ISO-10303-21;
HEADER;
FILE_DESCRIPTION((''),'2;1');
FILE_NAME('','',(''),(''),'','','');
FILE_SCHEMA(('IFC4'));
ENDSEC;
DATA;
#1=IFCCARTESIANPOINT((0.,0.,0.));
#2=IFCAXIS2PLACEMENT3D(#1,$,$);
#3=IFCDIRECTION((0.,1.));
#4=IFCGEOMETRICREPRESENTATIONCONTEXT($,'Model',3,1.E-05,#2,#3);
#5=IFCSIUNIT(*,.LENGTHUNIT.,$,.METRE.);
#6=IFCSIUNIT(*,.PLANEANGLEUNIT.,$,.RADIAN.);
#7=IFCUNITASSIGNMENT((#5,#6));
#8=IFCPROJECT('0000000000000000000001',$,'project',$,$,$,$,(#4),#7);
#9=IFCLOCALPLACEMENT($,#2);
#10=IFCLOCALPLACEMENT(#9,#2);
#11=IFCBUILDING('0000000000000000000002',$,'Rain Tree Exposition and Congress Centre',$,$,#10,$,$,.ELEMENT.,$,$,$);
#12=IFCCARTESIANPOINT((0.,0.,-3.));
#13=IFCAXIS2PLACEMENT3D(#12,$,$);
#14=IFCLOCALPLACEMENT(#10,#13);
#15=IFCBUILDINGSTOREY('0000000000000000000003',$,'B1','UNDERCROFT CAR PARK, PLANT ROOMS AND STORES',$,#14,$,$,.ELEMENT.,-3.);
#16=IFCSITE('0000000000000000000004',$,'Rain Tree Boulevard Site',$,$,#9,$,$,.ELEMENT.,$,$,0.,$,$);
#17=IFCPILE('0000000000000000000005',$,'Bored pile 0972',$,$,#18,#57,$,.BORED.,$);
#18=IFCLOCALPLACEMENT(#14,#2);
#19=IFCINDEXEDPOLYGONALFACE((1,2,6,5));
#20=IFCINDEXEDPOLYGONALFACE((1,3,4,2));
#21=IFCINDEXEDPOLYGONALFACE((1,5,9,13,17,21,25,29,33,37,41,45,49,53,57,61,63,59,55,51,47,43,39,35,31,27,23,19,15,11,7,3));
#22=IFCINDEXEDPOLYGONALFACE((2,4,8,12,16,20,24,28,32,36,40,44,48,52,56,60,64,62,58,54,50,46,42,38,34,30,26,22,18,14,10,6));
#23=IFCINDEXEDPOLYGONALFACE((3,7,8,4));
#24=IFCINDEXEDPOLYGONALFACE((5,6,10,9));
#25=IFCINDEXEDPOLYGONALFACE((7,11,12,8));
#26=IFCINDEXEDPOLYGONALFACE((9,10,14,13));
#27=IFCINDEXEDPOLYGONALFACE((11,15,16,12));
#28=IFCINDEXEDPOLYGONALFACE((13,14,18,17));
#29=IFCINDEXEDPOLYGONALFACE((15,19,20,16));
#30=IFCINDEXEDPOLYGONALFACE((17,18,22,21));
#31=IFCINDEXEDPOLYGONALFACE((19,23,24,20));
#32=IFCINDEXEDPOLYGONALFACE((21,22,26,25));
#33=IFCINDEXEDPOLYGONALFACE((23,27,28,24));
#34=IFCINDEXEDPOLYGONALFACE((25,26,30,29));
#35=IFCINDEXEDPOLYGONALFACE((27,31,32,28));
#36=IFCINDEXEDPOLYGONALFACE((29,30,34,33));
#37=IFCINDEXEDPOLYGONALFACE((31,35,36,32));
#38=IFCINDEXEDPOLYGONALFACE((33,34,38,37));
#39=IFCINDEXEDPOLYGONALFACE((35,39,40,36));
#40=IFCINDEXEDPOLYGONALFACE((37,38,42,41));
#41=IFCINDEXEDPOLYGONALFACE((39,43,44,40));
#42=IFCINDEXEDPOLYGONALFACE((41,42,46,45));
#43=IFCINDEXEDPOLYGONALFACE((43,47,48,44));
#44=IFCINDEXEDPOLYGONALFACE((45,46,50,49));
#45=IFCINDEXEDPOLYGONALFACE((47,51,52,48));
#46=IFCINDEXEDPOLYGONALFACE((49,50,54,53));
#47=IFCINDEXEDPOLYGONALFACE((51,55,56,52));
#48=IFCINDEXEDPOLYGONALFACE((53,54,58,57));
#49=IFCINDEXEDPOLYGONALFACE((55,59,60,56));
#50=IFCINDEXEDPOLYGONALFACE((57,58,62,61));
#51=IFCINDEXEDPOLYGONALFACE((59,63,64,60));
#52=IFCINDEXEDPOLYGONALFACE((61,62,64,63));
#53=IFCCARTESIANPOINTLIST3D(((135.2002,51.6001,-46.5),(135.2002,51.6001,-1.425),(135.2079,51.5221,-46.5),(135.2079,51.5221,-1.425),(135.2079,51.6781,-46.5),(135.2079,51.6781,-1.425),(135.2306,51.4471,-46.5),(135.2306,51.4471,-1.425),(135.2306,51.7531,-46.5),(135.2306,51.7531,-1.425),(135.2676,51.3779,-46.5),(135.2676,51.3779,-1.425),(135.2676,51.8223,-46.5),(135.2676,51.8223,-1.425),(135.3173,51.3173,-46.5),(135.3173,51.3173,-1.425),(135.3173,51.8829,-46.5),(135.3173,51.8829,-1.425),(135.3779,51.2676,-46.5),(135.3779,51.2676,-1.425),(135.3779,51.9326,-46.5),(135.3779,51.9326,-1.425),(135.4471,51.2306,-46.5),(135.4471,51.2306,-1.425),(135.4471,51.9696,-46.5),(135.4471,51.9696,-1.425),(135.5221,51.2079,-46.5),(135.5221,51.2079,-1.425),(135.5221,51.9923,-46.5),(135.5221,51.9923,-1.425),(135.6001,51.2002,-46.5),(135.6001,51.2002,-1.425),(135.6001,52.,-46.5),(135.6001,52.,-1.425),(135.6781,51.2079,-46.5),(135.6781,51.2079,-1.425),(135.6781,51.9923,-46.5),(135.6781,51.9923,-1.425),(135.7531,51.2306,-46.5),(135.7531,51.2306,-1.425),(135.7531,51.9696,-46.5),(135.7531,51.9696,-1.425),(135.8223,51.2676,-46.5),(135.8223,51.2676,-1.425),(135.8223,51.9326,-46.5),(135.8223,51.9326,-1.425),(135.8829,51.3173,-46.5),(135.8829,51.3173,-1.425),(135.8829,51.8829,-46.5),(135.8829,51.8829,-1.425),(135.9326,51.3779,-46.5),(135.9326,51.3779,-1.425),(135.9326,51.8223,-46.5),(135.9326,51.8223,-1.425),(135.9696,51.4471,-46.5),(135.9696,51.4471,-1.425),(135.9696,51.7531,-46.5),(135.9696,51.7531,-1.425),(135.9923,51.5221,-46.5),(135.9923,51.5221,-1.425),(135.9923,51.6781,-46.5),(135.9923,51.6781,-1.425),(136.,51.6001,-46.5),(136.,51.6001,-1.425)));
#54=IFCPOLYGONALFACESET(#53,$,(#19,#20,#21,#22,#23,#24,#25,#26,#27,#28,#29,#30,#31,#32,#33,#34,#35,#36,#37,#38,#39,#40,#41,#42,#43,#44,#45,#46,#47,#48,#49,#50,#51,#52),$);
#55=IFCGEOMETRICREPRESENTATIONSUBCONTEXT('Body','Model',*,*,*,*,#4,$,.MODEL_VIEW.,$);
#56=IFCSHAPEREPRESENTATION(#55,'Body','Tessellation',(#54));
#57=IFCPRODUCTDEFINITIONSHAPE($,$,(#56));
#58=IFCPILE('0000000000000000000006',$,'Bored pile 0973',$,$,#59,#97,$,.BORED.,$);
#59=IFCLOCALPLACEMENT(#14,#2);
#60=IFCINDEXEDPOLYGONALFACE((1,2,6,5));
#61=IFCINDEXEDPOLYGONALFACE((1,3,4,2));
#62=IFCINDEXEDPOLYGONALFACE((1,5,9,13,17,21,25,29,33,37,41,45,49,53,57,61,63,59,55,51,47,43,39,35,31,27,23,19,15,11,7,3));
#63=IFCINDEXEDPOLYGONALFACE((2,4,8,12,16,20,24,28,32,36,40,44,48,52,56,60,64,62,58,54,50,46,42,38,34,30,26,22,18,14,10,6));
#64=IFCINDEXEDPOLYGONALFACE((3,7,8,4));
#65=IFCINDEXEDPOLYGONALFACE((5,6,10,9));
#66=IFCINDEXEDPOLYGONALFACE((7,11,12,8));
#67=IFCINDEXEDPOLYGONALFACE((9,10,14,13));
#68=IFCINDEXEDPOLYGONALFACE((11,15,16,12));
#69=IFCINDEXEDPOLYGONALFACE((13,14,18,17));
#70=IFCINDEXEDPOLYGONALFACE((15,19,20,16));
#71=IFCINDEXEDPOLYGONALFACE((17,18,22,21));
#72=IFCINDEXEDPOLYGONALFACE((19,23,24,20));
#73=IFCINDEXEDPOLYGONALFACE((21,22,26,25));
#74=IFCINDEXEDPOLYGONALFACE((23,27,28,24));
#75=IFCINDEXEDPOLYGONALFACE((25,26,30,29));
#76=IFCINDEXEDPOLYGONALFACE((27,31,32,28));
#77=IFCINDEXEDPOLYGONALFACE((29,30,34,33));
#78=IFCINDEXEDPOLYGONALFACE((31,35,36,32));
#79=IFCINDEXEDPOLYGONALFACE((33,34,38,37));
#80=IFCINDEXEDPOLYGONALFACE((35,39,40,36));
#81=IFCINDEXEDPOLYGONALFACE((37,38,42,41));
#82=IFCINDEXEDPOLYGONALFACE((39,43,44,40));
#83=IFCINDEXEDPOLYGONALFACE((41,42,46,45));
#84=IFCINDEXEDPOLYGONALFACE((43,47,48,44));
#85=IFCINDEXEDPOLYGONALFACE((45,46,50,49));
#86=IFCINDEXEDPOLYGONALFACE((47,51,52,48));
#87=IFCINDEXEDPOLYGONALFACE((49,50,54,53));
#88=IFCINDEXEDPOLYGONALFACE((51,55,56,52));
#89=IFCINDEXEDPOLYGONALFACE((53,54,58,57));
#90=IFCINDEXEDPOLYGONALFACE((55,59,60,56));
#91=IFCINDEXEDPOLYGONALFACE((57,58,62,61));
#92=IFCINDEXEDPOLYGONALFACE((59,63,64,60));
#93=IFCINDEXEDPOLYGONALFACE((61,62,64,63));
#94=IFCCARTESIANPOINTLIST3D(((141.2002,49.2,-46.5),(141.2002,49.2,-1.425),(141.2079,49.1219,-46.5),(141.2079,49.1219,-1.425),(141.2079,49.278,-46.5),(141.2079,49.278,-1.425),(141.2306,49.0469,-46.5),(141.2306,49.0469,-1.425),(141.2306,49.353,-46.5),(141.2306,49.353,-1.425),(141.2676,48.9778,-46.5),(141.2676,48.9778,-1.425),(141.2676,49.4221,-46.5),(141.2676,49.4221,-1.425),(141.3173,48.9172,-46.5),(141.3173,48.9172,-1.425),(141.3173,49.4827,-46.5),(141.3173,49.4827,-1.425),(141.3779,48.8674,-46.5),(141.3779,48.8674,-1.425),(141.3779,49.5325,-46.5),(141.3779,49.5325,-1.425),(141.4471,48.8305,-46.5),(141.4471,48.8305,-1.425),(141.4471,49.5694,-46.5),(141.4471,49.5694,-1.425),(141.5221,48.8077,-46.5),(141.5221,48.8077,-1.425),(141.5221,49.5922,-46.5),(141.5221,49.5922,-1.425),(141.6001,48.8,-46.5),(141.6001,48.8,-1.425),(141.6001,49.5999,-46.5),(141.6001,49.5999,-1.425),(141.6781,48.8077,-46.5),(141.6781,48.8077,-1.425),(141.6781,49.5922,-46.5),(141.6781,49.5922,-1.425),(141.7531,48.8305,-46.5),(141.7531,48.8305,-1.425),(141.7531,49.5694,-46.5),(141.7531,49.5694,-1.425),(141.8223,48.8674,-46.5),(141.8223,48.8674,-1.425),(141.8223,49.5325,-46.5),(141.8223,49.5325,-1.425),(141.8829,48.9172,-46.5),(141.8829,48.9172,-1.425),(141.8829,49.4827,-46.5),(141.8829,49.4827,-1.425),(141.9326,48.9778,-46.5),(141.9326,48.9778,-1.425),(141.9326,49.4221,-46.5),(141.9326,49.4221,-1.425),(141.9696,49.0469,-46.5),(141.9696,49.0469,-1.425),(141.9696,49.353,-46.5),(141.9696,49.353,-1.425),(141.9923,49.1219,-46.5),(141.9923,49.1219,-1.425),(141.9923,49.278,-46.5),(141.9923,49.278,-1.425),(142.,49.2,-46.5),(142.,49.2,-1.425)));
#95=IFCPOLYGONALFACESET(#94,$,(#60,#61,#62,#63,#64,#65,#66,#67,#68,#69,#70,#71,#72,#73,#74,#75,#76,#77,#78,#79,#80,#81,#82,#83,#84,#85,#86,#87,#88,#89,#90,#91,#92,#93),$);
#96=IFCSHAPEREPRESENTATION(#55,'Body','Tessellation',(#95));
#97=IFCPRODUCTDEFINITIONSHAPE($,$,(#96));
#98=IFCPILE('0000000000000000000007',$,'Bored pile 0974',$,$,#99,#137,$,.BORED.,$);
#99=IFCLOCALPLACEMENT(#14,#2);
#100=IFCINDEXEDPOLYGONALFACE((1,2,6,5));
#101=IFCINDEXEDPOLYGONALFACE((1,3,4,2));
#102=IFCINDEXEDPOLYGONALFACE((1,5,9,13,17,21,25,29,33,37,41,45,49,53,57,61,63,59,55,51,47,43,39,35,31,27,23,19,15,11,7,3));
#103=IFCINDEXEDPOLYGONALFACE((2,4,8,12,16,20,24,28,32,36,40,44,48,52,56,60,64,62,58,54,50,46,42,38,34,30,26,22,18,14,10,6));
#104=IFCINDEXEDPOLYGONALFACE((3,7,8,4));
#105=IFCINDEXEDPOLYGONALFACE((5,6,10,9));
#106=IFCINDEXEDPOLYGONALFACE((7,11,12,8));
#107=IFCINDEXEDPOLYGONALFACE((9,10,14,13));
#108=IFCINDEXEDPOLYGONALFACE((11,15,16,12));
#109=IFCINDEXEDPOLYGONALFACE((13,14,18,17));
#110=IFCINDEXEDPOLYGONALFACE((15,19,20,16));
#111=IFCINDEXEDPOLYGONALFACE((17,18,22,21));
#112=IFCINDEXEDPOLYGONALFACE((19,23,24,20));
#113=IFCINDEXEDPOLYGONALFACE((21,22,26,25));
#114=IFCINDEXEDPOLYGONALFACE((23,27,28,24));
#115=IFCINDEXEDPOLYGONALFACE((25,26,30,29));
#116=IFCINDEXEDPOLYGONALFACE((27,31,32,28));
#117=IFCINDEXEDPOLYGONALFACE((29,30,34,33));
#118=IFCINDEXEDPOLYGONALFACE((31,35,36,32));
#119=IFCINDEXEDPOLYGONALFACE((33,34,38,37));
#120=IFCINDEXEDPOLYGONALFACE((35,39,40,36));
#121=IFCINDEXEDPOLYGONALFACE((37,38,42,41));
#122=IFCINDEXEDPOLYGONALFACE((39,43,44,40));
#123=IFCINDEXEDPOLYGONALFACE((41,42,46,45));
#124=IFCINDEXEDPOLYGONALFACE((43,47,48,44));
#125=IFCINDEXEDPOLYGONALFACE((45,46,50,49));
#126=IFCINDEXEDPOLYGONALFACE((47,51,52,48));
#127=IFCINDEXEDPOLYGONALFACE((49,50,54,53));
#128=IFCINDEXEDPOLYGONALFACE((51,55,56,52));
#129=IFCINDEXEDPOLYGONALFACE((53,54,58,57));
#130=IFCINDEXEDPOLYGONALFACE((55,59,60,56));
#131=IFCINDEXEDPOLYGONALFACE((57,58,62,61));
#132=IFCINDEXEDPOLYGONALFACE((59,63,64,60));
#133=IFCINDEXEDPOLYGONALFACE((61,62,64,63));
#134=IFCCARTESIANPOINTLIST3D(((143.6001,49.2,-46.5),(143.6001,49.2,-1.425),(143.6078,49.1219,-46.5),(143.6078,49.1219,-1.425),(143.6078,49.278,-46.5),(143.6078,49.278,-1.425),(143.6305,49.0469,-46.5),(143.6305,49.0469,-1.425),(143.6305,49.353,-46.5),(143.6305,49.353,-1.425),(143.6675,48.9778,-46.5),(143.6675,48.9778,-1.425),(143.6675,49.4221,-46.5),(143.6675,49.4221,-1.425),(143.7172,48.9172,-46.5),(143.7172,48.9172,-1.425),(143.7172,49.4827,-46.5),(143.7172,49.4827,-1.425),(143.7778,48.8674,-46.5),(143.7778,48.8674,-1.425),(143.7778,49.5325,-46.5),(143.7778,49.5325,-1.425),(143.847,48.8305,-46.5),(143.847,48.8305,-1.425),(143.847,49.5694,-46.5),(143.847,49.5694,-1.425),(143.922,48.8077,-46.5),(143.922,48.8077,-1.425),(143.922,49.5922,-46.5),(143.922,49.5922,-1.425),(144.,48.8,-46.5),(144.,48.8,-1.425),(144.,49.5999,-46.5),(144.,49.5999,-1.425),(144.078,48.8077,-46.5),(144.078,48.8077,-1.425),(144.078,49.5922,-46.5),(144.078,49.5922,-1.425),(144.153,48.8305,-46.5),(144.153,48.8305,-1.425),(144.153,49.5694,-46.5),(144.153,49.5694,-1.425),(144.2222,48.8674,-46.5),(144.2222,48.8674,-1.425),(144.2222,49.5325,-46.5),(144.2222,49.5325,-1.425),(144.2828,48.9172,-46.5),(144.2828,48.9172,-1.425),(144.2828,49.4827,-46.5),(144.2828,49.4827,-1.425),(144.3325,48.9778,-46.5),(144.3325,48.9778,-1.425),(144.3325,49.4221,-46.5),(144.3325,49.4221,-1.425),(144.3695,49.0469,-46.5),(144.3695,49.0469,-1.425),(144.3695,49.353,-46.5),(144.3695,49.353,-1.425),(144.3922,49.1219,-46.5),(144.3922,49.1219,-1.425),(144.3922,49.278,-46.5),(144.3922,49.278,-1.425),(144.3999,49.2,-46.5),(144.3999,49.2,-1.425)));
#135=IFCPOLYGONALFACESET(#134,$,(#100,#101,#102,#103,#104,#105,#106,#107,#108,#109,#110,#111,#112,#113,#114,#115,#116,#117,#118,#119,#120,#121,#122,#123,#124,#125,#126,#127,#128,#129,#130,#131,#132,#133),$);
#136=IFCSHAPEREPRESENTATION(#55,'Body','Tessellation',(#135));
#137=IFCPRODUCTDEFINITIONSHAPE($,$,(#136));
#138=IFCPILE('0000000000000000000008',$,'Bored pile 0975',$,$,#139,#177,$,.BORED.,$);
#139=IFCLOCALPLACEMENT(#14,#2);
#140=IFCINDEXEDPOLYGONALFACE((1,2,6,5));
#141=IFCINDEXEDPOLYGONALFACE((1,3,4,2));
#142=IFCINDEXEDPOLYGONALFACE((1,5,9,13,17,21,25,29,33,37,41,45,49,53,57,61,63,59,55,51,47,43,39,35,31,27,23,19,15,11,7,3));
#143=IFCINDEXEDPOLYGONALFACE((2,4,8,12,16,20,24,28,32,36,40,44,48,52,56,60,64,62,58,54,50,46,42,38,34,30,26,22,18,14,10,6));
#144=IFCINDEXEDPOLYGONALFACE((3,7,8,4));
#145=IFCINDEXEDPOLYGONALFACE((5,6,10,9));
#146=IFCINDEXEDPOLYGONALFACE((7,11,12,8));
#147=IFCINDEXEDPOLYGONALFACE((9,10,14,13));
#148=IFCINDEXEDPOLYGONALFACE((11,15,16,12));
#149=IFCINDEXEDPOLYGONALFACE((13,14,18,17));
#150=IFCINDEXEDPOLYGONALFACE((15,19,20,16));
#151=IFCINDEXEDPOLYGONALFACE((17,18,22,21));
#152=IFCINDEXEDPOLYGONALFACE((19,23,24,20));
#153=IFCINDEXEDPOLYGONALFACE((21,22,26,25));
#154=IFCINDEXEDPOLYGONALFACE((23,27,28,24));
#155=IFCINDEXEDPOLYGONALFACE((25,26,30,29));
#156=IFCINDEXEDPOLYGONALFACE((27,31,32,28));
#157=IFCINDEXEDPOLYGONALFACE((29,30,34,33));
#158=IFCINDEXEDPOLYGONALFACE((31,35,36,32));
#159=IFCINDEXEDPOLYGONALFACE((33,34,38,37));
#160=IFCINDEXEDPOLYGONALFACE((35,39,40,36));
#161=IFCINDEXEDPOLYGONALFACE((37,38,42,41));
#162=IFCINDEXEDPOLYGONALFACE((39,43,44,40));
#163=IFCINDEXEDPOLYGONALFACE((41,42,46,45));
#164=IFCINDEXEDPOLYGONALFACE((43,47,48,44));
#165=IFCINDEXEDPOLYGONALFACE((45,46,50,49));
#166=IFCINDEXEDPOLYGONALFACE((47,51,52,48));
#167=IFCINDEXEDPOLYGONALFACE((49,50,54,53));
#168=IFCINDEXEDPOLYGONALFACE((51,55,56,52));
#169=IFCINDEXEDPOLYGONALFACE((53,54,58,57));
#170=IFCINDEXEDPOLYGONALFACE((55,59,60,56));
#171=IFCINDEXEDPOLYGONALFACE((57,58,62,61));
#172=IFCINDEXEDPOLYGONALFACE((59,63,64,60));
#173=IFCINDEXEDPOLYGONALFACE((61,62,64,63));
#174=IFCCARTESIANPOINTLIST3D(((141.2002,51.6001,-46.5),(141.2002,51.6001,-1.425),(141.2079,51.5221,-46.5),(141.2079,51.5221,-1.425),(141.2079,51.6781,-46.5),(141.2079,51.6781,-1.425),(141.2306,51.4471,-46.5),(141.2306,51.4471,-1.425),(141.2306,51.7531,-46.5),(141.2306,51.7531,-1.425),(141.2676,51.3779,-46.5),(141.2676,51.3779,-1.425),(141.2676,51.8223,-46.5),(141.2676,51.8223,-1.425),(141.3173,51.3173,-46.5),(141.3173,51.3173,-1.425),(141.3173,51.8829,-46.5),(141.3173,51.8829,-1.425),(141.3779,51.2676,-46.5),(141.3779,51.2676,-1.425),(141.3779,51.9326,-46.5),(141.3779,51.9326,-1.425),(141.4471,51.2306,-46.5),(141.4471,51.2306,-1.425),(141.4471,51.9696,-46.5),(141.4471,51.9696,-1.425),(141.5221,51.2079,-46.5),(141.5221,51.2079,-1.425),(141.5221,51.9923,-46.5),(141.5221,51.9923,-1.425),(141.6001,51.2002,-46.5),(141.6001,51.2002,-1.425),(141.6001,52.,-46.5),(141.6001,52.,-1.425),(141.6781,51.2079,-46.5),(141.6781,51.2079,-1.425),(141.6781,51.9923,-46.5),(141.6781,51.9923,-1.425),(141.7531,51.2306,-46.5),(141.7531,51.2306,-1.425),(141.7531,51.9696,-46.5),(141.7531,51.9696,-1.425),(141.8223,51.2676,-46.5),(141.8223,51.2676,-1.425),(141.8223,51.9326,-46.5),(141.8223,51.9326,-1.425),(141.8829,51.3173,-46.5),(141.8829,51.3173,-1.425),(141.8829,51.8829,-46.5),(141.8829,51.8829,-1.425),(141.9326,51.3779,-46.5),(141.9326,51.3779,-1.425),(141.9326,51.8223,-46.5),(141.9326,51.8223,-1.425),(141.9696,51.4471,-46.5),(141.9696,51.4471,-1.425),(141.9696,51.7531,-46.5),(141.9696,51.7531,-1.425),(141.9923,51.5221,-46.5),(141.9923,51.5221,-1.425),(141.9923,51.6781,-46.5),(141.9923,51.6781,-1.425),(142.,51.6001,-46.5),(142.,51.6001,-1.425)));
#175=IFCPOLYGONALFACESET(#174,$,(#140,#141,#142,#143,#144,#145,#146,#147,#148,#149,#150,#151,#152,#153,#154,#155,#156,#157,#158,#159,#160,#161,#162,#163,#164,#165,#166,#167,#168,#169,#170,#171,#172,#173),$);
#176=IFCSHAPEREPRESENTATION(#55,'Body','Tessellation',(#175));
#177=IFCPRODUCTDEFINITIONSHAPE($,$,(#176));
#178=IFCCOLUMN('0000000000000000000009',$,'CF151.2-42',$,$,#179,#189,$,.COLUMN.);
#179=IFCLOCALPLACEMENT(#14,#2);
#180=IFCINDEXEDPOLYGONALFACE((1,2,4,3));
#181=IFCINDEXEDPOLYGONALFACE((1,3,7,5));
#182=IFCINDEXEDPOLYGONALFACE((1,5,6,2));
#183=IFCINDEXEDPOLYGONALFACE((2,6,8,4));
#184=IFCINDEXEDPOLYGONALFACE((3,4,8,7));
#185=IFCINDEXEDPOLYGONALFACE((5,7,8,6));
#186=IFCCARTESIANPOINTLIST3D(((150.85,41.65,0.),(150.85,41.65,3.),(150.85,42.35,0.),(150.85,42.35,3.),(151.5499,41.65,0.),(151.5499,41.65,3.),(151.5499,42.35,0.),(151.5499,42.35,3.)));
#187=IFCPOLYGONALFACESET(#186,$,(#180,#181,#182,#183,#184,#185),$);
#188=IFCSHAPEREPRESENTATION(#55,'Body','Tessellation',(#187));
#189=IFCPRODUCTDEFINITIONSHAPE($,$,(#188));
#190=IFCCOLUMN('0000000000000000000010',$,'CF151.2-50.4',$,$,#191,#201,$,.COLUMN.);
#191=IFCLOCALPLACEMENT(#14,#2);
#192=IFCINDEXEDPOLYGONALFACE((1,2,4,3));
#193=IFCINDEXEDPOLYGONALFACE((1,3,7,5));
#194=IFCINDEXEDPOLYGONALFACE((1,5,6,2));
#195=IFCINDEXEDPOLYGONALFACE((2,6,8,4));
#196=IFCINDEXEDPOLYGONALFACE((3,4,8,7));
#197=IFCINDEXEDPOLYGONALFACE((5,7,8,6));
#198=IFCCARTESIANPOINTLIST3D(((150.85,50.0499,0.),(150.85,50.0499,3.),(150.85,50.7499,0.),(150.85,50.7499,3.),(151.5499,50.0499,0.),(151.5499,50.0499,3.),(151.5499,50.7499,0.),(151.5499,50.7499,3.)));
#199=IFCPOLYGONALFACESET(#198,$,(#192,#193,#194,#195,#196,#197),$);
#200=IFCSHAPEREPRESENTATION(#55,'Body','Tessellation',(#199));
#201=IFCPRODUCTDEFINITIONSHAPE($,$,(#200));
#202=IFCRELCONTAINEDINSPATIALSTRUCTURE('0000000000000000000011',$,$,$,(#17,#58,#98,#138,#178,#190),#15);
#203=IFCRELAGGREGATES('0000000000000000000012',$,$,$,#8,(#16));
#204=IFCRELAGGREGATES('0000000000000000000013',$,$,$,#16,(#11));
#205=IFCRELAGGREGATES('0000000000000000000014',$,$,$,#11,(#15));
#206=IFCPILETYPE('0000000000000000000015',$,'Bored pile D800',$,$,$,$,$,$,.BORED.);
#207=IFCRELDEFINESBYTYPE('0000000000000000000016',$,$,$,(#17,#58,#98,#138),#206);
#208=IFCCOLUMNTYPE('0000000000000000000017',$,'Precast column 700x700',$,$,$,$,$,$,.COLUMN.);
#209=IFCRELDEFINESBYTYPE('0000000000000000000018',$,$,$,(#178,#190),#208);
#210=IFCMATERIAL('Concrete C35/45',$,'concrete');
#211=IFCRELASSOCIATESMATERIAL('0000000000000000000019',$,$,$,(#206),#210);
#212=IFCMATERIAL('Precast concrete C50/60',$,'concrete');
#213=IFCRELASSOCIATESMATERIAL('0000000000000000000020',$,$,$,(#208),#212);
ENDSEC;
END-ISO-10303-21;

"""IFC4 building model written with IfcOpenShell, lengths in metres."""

from ifc_helpers import new_model, si_unit, direction, frame, origin, origin_2d, place, context, subcontext, project, spatial, rectangle, circle, extrude, material, material_profile, profile_set, type_object, element, save


model = new_model("IFC4")

# Units and contexts
model_context = context("Model", 3, precision=1e-05, world=origin(), true_north=direction((0.0, 1.0)))
body_context = subcontext(model_context, "Body", "Model", "MODEL_VIEW")
ifc_project = project(units=[si_unit("LENGTHUNIT", "METRE"), si_unit("PLANEANGLEUNIT", "RADIAN")], contexts=[model_context])

# Site, building, storey
site_placement = place(None, origin())
site = spatial("IfcSite", under=ifc_project, at=site_placement, Name="Rain Tree Boulevard Site", CompositionType="ELEMENT", RefElevation=0.0)
building_placement = place(site_placement, origin())
building = spatial("IfcBuilding", under=site, at=building_placement, Name="Rain Tree Exposition and Congress Centre", CompositionType="ELEMENT")
storey_placement = place(building_placement, frame((0.0, 0.0, -3.0)))
storey = spatial("IfcBuildingStorey", under=building, at=storey_placement, Name="B1", Description="UNDERCROFT CAR PARK, PLANT ROOMS AND STORES", CompositionType="ELEMENT", Elevation=-3.0)

# Piles
ifc_material_1 = material(Name="Concrete C35/45", Category="concrete")
ifc_material_profile_1 = material_profile(ifc_material_1, circle(Radius=0.3999, at=origin_2d()), Name="D800")
ifc_profile_set_1 = profile_set([ifc_material_profile_1], Name="Concrete C35/45")
pile_type = type_object("IfcPileType", Name="Bored pile D800", PredefinedType="BORED", material=ifc_profile_set_1)
for number, where, z_axis, x_axis, name in (
    (1, (135.6001, 51.6001, -1.425), (0.0, 0.0, -1.0), (1.0, 0.0, 0.0), "Bored pile 0972"),
    (2, (141.6001, 49.2, -1.425), (0.0, 0.0, -1.0), (1.0, 0.0, 0.0), "Bored pile 0973"),
    (3, (144.0, 49.2, -1.425), (0.0, 0.0, -1.0), (1.0, 0.0, 0.0), "Bored pile 0974"),
    (4, (141.6001, 51.6001, -1.425), (0.0, 0.0, -1.0), (1.0, 0.0, 0.0), "Bored pile 0975"),
):
    element("IfcPile", number, at=place(storey_placement, frame(where, z_axis=z_axis, x_axis=x_axis)), inside=storey, type_object=pile_type, Name=name, PredefinedType="BORED", context=body_context, shape_type="SweptSolid", body=[
        extrude(circle(Radius=0.3999, at=origin_2d()), origin(), (0.0, 0.0, 1.0), 45.075),
    ])

# Columns
ifc_material_2 = material(Name="Precast concrete C50/60", Category="concrete")
ifc_material_profile_2 = material_profile(ifc_material_2, rectangle(XDim=0.7, YDim=0.7, at=origin_2d()), Name="RC 700x700")
ifc_profile_set_2 = profile_set([ifc_material_profile_2], Name="Precast concrete C50/60")
column_type_1 = type_object("IfcColumnType", Name="Precast column 700x700", PredefinedType="COLUMN", material=ifc_profile_set_2)
for number, where, z_axis, x_axis, name in (
    (5, (151.2, 42.0, 0.0), (0.0, 0.0, 1.0), (1.0, 0.0, 0.0), "CF151.2-42"),
    (6, (151.2, 50.3999, 0.0), (0.0, 0.0, 1.0), (1.0, 0.0, 0.0), "CF151.2-50.4"),
):
    element("IfcColumn", number, at=place(storey_placement, frame(where, z_axis=z_axis, x_axis=x_axis)), inside=storey, type_object=column_type_1, Name=name, PredefinedType="COLUMN", context=body_context, shape_type="SweptSolid", body=[
        extrude(rectangle(XDim=0.7, YDim=0.7, at=origin_2d()), origin(), (0.0, 0.0, 1.0), 3.0),
    ])

save(model, "model.ifc")
